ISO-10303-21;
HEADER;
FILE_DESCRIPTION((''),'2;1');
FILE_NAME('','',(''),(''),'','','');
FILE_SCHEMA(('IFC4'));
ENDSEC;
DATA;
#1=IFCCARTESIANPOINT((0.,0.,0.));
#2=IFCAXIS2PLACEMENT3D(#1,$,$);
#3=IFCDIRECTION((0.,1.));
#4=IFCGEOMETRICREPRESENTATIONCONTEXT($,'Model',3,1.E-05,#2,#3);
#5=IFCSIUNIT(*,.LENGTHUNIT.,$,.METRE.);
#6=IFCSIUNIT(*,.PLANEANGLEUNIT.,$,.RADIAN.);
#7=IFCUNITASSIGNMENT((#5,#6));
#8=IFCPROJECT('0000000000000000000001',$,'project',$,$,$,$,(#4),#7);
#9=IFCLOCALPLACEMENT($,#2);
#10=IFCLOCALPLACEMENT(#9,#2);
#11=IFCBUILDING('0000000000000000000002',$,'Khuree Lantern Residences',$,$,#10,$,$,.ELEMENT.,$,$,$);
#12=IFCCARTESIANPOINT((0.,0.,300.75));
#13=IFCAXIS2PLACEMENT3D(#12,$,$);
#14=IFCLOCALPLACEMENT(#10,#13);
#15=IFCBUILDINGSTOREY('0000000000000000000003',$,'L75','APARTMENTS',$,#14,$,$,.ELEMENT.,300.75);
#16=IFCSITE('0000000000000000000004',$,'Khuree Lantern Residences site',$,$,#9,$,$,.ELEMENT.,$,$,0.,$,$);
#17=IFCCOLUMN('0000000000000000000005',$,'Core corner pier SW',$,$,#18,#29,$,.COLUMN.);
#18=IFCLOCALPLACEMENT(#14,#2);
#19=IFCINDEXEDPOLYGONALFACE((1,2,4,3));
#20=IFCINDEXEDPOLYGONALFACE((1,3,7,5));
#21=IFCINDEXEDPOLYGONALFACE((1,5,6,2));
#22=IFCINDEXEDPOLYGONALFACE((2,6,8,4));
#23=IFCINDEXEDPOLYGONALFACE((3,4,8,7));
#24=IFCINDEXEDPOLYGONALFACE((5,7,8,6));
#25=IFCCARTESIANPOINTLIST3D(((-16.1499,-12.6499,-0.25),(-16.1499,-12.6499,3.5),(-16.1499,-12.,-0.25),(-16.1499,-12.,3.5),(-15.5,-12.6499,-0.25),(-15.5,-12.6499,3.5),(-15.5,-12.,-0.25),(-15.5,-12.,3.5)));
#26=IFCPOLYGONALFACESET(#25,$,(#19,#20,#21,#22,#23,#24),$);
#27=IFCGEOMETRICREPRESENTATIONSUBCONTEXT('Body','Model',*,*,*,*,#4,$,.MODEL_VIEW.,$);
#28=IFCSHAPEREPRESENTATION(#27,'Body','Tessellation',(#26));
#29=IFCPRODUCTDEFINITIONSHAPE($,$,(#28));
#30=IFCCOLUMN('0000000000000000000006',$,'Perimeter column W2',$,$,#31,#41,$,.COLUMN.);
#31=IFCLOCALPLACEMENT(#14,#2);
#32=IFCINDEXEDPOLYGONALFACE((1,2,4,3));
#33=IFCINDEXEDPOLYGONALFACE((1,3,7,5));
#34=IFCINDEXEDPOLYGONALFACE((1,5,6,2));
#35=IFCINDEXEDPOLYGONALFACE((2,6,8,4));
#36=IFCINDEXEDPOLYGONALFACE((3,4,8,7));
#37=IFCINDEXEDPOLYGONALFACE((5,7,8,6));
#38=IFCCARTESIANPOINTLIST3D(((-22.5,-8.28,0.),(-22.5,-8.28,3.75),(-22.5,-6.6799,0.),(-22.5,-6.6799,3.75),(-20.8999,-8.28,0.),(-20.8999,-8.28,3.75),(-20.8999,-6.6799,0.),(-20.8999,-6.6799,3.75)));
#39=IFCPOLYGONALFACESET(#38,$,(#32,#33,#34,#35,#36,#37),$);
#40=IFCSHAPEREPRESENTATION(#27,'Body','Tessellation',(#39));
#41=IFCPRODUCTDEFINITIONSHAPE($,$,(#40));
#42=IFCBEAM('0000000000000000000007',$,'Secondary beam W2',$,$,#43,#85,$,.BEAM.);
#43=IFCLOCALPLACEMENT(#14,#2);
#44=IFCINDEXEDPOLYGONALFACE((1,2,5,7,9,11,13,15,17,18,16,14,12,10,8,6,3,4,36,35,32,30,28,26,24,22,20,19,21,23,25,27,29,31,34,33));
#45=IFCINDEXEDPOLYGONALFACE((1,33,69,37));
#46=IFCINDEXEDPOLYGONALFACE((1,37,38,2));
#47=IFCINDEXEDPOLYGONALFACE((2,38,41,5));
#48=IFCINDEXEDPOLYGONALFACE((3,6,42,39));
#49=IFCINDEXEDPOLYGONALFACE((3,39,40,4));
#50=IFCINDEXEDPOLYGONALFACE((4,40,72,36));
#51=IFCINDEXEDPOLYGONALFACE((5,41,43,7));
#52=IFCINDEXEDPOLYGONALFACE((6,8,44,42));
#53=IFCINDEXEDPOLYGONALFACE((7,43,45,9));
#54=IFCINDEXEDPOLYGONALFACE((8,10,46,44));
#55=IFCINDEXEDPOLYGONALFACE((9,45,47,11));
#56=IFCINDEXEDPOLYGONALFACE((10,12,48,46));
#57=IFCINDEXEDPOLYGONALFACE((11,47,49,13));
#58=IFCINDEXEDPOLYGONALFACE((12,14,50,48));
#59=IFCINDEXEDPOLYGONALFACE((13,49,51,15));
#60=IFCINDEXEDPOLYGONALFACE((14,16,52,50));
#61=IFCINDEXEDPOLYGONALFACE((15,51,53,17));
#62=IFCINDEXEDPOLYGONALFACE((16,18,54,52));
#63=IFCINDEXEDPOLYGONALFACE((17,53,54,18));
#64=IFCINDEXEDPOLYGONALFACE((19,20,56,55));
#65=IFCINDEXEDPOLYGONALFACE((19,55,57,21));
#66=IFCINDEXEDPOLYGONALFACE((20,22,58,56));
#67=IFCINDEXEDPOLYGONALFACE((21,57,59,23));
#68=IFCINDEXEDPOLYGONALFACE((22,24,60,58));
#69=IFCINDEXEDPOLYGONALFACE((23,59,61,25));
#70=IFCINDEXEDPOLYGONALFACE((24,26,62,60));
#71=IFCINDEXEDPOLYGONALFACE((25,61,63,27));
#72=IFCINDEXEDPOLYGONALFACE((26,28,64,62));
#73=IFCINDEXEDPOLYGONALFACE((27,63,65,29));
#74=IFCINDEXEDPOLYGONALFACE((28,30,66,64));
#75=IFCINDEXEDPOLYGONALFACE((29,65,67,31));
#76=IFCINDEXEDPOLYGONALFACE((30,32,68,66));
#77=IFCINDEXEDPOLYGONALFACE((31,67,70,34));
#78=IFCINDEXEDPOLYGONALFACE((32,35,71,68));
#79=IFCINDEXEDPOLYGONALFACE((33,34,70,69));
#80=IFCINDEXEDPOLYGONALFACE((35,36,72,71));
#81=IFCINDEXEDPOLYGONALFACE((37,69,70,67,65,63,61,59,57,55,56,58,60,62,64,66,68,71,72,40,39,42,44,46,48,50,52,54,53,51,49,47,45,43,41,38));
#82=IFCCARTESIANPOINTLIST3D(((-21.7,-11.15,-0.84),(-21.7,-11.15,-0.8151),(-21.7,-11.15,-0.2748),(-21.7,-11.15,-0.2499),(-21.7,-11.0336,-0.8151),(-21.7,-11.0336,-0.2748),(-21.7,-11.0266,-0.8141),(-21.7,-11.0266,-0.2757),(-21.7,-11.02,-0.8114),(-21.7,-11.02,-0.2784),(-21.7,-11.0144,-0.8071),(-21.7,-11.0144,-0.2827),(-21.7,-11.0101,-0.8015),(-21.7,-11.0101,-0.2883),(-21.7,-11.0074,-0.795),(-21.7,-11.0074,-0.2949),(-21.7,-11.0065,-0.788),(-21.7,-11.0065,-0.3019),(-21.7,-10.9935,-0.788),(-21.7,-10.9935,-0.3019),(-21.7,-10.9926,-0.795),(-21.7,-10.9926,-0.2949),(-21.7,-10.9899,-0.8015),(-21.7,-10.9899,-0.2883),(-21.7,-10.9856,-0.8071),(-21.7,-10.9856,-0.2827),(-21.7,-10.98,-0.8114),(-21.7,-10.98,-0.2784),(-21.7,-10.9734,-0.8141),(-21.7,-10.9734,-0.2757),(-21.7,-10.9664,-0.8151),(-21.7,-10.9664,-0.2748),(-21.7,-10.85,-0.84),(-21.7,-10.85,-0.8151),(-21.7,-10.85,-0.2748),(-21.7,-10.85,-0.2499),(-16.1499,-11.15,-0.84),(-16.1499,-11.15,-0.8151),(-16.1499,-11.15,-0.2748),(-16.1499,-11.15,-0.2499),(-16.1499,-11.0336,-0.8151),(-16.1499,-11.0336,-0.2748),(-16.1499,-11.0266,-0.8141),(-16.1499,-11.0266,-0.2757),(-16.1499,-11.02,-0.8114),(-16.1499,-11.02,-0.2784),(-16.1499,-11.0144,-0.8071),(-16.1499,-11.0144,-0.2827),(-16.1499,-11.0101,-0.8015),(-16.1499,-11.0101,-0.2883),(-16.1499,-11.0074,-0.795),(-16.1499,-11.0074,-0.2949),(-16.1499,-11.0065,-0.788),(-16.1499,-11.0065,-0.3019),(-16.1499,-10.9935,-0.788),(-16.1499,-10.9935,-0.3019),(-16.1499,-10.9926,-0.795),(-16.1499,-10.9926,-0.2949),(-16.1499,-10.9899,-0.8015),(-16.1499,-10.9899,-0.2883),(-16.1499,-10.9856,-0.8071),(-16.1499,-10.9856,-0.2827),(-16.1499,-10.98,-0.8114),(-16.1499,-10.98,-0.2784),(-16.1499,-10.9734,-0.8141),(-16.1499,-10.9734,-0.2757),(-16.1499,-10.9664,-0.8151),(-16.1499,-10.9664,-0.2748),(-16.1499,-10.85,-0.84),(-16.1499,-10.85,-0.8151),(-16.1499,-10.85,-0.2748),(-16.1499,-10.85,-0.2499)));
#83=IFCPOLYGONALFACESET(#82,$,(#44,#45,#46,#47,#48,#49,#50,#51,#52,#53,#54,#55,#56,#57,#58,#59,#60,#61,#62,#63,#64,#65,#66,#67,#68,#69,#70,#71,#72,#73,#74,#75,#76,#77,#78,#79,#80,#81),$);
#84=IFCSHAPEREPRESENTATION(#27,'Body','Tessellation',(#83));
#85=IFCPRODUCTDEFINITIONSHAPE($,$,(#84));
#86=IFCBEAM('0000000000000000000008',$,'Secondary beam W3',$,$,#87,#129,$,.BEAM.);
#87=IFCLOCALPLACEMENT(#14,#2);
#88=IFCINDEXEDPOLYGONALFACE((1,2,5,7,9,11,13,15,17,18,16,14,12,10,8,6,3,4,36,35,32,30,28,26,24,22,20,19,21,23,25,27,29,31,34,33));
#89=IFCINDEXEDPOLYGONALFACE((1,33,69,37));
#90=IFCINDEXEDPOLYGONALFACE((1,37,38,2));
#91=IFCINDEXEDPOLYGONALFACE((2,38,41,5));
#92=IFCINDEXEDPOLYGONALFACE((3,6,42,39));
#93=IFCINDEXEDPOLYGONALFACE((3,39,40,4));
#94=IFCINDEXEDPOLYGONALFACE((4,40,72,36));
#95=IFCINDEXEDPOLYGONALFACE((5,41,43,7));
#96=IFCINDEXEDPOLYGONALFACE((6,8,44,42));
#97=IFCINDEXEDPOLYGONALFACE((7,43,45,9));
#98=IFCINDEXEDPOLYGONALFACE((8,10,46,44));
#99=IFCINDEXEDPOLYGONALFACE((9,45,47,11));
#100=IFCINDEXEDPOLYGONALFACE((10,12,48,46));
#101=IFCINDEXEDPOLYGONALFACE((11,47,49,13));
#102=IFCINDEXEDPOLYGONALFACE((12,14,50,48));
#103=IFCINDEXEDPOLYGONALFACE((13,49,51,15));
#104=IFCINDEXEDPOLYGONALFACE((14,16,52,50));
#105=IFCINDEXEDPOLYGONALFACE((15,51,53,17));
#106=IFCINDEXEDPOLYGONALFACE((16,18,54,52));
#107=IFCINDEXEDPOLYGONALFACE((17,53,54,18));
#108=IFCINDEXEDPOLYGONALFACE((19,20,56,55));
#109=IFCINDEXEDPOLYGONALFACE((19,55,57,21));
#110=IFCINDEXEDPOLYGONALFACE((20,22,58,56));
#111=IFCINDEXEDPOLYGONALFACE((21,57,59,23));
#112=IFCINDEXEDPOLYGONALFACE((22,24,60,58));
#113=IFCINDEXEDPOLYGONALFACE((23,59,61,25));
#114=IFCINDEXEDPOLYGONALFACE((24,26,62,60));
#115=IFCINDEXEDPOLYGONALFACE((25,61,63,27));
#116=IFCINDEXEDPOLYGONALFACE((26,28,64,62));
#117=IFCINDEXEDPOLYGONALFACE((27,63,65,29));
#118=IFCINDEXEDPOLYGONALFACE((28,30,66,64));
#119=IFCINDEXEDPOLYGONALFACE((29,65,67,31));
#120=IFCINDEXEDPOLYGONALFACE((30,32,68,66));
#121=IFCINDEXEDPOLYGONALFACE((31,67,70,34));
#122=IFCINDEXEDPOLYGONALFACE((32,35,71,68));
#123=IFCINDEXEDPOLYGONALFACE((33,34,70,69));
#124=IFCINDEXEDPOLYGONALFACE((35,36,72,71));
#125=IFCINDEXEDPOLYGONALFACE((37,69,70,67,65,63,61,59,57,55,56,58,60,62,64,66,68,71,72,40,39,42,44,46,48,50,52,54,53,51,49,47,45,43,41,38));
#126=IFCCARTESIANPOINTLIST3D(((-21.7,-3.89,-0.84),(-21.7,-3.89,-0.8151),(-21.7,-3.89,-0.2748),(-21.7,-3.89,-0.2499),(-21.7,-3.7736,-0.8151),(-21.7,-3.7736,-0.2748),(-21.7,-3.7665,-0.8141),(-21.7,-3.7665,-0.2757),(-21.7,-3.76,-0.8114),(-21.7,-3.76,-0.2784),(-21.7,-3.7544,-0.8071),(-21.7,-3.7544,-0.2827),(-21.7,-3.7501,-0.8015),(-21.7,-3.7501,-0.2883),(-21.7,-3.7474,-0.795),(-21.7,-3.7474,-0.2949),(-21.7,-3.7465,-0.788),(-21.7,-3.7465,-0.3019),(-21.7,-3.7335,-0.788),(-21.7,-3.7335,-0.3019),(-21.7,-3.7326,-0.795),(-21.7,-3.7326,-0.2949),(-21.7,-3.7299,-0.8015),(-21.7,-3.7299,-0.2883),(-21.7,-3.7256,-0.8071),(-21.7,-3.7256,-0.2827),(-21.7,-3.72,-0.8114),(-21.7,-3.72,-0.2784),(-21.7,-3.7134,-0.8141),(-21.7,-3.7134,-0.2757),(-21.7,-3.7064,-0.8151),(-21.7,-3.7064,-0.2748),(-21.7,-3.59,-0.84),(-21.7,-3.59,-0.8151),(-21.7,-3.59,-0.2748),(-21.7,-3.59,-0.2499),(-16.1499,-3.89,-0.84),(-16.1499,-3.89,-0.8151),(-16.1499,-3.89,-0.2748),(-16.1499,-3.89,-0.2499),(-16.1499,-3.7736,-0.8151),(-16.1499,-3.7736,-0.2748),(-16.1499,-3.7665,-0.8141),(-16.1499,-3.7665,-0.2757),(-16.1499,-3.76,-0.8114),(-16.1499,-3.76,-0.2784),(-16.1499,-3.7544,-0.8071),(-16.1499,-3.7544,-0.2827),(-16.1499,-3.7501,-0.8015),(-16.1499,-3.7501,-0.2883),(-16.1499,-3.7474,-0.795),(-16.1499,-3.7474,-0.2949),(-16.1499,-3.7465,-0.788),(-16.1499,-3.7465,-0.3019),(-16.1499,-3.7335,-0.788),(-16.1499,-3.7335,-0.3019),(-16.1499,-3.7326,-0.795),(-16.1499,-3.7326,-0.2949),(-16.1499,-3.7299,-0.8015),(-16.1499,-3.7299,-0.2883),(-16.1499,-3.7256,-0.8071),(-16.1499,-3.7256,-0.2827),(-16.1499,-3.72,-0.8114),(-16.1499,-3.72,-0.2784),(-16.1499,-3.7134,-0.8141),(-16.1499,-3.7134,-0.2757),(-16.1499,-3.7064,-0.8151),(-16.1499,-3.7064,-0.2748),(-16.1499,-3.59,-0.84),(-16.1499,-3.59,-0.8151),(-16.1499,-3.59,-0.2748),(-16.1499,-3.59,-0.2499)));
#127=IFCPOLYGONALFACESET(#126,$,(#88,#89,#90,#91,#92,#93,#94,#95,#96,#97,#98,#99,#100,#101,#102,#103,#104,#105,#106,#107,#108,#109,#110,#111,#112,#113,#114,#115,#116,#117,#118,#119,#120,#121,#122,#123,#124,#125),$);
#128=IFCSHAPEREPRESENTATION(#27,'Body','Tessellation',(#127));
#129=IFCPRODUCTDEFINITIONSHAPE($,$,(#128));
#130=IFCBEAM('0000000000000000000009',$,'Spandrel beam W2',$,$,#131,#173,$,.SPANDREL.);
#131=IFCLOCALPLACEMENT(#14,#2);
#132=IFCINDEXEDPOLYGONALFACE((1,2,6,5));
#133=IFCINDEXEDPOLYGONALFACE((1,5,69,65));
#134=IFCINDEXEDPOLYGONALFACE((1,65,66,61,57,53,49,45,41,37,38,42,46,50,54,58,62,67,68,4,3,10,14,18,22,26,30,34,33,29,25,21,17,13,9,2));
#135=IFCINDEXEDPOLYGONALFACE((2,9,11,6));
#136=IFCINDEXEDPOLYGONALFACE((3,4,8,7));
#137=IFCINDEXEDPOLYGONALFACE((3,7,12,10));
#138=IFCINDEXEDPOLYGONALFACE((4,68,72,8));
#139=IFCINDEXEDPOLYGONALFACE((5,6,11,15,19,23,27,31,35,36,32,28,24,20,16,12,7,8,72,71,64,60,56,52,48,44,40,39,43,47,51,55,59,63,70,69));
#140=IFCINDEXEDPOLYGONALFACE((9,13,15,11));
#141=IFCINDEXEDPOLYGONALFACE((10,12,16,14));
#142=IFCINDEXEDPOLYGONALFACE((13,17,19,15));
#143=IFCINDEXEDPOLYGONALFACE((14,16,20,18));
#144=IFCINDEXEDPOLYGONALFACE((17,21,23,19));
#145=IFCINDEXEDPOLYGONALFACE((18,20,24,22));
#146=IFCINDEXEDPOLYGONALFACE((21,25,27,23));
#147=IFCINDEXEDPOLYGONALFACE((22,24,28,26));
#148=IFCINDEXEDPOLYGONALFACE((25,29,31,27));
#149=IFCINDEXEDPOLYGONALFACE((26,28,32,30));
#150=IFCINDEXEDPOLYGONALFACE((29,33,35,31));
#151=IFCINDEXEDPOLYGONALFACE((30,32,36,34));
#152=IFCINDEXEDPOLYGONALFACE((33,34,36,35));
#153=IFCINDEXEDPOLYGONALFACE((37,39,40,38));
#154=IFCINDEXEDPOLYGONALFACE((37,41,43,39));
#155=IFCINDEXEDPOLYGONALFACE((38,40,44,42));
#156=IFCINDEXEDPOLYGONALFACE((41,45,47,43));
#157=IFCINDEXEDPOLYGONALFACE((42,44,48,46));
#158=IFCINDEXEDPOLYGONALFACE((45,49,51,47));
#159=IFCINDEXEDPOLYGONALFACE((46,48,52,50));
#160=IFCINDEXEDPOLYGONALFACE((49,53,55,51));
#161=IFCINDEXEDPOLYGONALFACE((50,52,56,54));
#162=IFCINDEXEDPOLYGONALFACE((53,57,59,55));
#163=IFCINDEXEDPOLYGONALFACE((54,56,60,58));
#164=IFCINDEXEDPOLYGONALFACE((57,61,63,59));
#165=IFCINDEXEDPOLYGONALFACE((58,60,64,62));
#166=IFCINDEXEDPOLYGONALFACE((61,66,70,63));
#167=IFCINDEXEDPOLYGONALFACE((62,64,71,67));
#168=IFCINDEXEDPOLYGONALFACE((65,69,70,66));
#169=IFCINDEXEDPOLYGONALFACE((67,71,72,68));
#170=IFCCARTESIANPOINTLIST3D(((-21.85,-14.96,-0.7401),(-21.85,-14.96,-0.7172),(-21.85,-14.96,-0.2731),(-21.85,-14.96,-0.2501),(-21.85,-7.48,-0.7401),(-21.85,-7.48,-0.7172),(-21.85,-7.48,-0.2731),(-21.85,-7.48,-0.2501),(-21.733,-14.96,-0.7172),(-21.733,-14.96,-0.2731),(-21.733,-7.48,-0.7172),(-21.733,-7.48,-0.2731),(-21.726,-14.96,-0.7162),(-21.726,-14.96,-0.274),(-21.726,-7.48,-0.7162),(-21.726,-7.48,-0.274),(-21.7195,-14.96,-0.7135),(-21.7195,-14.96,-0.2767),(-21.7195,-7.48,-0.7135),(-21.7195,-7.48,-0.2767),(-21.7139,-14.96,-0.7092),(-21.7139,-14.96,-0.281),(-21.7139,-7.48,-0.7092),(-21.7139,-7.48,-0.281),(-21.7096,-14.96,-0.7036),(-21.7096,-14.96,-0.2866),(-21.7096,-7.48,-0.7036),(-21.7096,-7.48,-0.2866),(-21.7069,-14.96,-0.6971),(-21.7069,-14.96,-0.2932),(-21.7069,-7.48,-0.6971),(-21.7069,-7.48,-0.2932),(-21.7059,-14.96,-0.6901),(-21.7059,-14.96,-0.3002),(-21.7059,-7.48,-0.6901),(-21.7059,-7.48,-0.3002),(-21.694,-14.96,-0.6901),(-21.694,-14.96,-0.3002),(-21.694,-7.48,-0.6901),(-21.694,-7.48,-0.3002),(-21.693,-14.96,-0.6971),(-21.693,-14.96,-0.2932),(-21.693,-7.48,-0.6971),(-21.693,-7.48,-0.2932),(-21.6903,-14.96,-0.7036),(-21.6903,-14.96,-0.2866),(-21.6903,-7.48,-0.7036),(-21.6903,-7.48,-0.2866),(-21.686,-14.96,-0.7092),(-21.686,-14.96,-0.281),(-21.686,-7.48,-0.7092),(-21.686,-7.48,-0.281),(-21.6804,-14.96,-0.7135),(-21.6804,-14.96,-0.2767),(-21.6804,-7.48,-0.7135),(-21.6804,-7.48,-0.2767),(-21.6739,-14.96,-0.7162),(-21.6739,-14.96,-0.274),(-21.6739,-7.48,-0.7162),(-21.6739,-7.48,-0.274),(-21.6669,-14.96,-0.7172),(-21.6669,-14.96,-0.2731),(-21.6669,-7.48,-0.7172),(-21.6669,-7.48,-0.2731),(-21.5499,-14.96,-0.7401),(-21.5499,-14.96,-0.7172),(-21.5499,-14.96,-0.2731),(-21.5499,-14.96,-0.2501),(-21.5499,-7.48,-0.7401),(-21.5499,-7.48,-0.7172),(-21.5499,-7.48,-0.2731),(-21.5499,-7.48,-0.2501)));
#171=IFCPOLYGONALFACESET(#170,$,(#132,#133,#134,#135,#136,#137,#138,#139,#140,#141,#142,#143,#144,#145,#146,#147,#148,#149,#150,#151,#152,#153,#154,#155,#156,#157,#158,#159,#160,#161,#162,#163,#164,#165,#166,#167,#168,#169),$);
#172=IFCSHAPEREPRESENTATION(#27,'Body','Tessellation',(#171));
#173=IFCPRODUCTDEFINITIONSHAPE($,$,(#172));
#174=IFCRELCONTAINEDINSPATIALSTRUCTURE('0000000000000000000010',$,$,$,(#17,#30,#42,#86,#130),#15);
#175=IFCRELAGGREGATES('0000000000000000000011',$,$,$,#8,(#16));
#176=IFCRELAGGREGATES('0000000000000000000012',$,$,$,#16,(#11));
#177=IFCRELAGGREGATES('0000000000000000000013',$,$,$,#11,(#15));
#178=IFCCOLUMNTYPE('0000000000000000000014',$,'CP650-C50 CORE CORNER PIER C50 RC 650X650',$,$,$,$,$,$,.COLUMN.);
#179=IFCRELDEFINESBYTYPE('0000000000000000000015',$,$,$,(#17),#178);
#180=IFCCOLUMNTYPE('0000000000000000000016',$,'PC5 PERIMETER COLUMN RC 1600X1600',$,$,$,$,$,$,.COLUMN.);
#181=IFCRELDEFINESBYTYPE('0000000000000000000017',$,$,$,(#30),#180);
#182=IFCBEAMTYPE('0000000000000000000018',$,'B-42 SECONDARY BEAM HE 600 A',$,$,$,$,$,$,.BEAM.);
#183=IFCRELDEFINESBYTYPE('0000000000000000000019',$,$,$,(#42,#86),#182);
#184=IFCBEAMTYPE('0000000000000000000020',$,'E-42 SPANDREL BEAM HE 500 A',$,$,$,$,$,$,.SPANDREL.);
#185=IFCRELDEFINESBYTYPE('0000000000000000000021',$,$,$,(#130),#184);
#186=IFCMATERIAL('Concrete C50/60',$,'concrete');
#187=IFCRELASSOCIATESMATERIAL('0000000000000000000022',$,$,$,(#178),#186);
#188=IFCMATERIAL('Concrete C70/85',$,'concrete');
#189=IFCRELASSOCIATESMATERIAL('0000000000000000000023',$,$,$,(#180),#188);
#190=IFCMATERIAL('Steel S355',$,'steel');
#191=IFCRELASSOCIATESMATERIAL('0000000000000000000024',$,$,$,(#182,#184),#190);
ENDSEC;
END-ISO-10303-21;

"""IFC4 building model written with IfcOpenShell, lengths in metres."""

from ifc_helpers import new_model, si_unit, direction, frame, origin, origin_2d, place, context, subcontext, project, spatial, rectangle, i_section, extrude, material, material_profile, profile_set, type_object, element, save


model = new_model("IFC4")

# Units and contexts
model_context = context("Model", 3, precision=1e-05, world=origin(), true_north=direction((0.0, 1.0)))
body_context = subcontext(model_context, "Body", "Model", "MODEL_VIEW")
ifc_project = project(units=[si_unit("LENGTHUNIT", "METRE"), si_unit("PLANEANGLEUNIT", "RADIAN")], contexts=[model_context])

# Site, building, storey
site_placement = place(None, origin())
site = spatial("IfcSite", under=ifc_project, at=site_placement, Name="Khuree Lantern Residences site", CompositionType="ELEMENT", RefElevation=0.0)
building_placement = place(site_placement, origin())
building = spatial("IfcBuilding", under=site, at=building_placement, Name="Khuree Lantern Residences", CompositionType="ELEMENT")
storey_placement = place(building_placement, frame((0.0, 0.0, 300.75)))
storey = spatial("IfcBuildingStorey", under=building, at=storey_placement, Name="L75", Description="APARTMENTS", CompositionType="ELEMENT", Elevation=300.75)

# Columns
ifc_material_1 = material(Name="Concrete C50/60", Category="concrete")
ifc_material_profile_1 = material_profile(ifc_material_1, rectangle(XDim=0.6499, YDim=0.6499, at=origin_2d()), Name="RC 650X650")
ifc_profile_set_1 = profile_set([ifc_material_profile_1], Name="Concrete C50/60")
column_type_1 = type_object("IfcColumnType", Name="CP650-C50 CORE CORNER PIER C50 RC 650X650", PredefinedType="COLUMN", material=ifc_profile_set_1)
column_1_placement = place(storey_placement, frame((-15.825, -12.325, -0.25), z_axis=(0.0, 0.0, 1.0), x_axis=(1.0, 0.0, 0.0)))
element("IfcColumn", 1, at=column_1_placement, inside=storey, type_object=column_type_1, Name="Core corner pier SW", PredefinedType="COLUMN", context=body_context, shape_type="SweptSolid", body=[
    extrude(rectangle(XDim=0.6499, YDim=0.6499, at=origin_2d()), origin(), (0.0, 0.0, 1.0), 3.75),
])
ifc_material_2 = material(Name="Concrete C70/85", Category="concrete")
ifc_material_profile_2 = material_profile(ifc_material_2, rectangle(XDim=1.6001, YDim=1.6001, at=origin_2d()), Name="RC 1600X1600")
ifc_profile_set_2 = profile_set([ifc_material_profile_2], Name="Concrete C70/85")
column_type_2 = type_object("IfcColumnType", Name="PC5 PERIMETER COLUMN RC 1600X1600", PredefinedType="COLUMN", material=ifc_profile_set_2)
column_2_placement = place(storey_placement, frame((-21.7, -7.48, 0.0), z_axis=(0.0, 0.0, 1.0), x_axis=(0.0, 1.0, 0.0)))
element("IfcColumn", 2, at=column_2_placement, inside=storey, type_object=column_type_2, Name="Perimeter column W2", PredefinedType="COLUMN", context=body_context, shape_type="SweptSolid", body=[
    extrude(rectangle(XDim=1.6001, YDim=1.6001, at=origin_2d()), origin(), (0.0, 0.0, 1.0), 3.75),
])

# Beams
ifc_material_3 = material(Name="Steel S355", Category="steel")
ifc_material_profile_3 = material_profile(ifc_material_3, i_section(OverallWidth=0.3, OverallDepth=0.5901, WebThickness=0.0129, FlangeThickness=0.0249, FilletRadius=0.0271, at=origin_2d()), Name="HE 600 A")
ifc_profile_set_3 = profile_set([ifc_material_profile_3], Name="Steel S355")
beam_type_1 = type_object("IfcBeamType", Name="B-42 SECONDARY BEAM HE 600 A", PredefinedType="BEAM", material=ifc_profile_set_3)
for number, where, z_axis, x_axis, name in (
    (3, (-21.7, -11.0, -0.5449), (1.0, 0.0, 0.0), (0.0, 1.0, 0.0), "Secondary beam W2"),
    (4, (-21.7, -3.74, -0.5449), (1.0, 0.0, 0.0), (0.0, 1.0, 0.0), "Secondary beam W3"),
):
    element("IfcBeam", number, at=place(storey_placement, frame(where, z_axis=z_axis, x_axis=x_axis)), inside=storey, type_object=beam_type_1, Name=name, PredefinedType="BEAM", context=body_context, shape_type="SweptSolid", body=[
        extrude(i_section(OverallWidth=0.3, OverallDepth=0.5901, WebThickness=0.0129, FlangeThickness=0.0249, FilletRadius=0.0271, at=origin_2d()), origin(), (0.0, 0.0, 1.0), 5.55),
    ])
ifc_material_profile_4 = material_profile(ifc_material_3, i_section(OverallWidth=0.3, OverallDepth=0.49, WebThickness=0.012, FlangeThickness=0.0229, FilletRadius=0.0271, at=origin_2d()), Name="HE 500 A")
ifc_profile_set_4 = profile_set([ifc_material_profile_4], Name="Steel S355")
beam_type_2 = type_object("IfcBeamType", Name="E-42 SPANDREL BEAM HE 500 A", PredefinedType="SPANDREL", material=ifc_profile_set_4)
for number, where, z_axis, x_axis, name in (
    (5, (-21.7, -14.96, -0.4951), (0.0, 1.0, 0.0), (-1.0, 0.0, 0.0), "Spandrel beam W2"),
):
    element("IfcBeam", number, at=place(storey_placement, frame(where, z_axis=z_axis, x_axis=x_axis)), inside=storey, type_object=beam_type_2, Name=name, PredefinedType="SPANDREL", context=body_context, shape_type="SweptSolid", body=[
        extrude(i_section(OverallWidth=0.3, OverallDepth=0.49, WebThickness=0.012, FlangeThickness=0.0229, FilletRadius=0.0271, at=origin_2d()), origin(), (0.0, 0.0, 1.0), 7.48),
    ])

save(model, "model.ifc")
